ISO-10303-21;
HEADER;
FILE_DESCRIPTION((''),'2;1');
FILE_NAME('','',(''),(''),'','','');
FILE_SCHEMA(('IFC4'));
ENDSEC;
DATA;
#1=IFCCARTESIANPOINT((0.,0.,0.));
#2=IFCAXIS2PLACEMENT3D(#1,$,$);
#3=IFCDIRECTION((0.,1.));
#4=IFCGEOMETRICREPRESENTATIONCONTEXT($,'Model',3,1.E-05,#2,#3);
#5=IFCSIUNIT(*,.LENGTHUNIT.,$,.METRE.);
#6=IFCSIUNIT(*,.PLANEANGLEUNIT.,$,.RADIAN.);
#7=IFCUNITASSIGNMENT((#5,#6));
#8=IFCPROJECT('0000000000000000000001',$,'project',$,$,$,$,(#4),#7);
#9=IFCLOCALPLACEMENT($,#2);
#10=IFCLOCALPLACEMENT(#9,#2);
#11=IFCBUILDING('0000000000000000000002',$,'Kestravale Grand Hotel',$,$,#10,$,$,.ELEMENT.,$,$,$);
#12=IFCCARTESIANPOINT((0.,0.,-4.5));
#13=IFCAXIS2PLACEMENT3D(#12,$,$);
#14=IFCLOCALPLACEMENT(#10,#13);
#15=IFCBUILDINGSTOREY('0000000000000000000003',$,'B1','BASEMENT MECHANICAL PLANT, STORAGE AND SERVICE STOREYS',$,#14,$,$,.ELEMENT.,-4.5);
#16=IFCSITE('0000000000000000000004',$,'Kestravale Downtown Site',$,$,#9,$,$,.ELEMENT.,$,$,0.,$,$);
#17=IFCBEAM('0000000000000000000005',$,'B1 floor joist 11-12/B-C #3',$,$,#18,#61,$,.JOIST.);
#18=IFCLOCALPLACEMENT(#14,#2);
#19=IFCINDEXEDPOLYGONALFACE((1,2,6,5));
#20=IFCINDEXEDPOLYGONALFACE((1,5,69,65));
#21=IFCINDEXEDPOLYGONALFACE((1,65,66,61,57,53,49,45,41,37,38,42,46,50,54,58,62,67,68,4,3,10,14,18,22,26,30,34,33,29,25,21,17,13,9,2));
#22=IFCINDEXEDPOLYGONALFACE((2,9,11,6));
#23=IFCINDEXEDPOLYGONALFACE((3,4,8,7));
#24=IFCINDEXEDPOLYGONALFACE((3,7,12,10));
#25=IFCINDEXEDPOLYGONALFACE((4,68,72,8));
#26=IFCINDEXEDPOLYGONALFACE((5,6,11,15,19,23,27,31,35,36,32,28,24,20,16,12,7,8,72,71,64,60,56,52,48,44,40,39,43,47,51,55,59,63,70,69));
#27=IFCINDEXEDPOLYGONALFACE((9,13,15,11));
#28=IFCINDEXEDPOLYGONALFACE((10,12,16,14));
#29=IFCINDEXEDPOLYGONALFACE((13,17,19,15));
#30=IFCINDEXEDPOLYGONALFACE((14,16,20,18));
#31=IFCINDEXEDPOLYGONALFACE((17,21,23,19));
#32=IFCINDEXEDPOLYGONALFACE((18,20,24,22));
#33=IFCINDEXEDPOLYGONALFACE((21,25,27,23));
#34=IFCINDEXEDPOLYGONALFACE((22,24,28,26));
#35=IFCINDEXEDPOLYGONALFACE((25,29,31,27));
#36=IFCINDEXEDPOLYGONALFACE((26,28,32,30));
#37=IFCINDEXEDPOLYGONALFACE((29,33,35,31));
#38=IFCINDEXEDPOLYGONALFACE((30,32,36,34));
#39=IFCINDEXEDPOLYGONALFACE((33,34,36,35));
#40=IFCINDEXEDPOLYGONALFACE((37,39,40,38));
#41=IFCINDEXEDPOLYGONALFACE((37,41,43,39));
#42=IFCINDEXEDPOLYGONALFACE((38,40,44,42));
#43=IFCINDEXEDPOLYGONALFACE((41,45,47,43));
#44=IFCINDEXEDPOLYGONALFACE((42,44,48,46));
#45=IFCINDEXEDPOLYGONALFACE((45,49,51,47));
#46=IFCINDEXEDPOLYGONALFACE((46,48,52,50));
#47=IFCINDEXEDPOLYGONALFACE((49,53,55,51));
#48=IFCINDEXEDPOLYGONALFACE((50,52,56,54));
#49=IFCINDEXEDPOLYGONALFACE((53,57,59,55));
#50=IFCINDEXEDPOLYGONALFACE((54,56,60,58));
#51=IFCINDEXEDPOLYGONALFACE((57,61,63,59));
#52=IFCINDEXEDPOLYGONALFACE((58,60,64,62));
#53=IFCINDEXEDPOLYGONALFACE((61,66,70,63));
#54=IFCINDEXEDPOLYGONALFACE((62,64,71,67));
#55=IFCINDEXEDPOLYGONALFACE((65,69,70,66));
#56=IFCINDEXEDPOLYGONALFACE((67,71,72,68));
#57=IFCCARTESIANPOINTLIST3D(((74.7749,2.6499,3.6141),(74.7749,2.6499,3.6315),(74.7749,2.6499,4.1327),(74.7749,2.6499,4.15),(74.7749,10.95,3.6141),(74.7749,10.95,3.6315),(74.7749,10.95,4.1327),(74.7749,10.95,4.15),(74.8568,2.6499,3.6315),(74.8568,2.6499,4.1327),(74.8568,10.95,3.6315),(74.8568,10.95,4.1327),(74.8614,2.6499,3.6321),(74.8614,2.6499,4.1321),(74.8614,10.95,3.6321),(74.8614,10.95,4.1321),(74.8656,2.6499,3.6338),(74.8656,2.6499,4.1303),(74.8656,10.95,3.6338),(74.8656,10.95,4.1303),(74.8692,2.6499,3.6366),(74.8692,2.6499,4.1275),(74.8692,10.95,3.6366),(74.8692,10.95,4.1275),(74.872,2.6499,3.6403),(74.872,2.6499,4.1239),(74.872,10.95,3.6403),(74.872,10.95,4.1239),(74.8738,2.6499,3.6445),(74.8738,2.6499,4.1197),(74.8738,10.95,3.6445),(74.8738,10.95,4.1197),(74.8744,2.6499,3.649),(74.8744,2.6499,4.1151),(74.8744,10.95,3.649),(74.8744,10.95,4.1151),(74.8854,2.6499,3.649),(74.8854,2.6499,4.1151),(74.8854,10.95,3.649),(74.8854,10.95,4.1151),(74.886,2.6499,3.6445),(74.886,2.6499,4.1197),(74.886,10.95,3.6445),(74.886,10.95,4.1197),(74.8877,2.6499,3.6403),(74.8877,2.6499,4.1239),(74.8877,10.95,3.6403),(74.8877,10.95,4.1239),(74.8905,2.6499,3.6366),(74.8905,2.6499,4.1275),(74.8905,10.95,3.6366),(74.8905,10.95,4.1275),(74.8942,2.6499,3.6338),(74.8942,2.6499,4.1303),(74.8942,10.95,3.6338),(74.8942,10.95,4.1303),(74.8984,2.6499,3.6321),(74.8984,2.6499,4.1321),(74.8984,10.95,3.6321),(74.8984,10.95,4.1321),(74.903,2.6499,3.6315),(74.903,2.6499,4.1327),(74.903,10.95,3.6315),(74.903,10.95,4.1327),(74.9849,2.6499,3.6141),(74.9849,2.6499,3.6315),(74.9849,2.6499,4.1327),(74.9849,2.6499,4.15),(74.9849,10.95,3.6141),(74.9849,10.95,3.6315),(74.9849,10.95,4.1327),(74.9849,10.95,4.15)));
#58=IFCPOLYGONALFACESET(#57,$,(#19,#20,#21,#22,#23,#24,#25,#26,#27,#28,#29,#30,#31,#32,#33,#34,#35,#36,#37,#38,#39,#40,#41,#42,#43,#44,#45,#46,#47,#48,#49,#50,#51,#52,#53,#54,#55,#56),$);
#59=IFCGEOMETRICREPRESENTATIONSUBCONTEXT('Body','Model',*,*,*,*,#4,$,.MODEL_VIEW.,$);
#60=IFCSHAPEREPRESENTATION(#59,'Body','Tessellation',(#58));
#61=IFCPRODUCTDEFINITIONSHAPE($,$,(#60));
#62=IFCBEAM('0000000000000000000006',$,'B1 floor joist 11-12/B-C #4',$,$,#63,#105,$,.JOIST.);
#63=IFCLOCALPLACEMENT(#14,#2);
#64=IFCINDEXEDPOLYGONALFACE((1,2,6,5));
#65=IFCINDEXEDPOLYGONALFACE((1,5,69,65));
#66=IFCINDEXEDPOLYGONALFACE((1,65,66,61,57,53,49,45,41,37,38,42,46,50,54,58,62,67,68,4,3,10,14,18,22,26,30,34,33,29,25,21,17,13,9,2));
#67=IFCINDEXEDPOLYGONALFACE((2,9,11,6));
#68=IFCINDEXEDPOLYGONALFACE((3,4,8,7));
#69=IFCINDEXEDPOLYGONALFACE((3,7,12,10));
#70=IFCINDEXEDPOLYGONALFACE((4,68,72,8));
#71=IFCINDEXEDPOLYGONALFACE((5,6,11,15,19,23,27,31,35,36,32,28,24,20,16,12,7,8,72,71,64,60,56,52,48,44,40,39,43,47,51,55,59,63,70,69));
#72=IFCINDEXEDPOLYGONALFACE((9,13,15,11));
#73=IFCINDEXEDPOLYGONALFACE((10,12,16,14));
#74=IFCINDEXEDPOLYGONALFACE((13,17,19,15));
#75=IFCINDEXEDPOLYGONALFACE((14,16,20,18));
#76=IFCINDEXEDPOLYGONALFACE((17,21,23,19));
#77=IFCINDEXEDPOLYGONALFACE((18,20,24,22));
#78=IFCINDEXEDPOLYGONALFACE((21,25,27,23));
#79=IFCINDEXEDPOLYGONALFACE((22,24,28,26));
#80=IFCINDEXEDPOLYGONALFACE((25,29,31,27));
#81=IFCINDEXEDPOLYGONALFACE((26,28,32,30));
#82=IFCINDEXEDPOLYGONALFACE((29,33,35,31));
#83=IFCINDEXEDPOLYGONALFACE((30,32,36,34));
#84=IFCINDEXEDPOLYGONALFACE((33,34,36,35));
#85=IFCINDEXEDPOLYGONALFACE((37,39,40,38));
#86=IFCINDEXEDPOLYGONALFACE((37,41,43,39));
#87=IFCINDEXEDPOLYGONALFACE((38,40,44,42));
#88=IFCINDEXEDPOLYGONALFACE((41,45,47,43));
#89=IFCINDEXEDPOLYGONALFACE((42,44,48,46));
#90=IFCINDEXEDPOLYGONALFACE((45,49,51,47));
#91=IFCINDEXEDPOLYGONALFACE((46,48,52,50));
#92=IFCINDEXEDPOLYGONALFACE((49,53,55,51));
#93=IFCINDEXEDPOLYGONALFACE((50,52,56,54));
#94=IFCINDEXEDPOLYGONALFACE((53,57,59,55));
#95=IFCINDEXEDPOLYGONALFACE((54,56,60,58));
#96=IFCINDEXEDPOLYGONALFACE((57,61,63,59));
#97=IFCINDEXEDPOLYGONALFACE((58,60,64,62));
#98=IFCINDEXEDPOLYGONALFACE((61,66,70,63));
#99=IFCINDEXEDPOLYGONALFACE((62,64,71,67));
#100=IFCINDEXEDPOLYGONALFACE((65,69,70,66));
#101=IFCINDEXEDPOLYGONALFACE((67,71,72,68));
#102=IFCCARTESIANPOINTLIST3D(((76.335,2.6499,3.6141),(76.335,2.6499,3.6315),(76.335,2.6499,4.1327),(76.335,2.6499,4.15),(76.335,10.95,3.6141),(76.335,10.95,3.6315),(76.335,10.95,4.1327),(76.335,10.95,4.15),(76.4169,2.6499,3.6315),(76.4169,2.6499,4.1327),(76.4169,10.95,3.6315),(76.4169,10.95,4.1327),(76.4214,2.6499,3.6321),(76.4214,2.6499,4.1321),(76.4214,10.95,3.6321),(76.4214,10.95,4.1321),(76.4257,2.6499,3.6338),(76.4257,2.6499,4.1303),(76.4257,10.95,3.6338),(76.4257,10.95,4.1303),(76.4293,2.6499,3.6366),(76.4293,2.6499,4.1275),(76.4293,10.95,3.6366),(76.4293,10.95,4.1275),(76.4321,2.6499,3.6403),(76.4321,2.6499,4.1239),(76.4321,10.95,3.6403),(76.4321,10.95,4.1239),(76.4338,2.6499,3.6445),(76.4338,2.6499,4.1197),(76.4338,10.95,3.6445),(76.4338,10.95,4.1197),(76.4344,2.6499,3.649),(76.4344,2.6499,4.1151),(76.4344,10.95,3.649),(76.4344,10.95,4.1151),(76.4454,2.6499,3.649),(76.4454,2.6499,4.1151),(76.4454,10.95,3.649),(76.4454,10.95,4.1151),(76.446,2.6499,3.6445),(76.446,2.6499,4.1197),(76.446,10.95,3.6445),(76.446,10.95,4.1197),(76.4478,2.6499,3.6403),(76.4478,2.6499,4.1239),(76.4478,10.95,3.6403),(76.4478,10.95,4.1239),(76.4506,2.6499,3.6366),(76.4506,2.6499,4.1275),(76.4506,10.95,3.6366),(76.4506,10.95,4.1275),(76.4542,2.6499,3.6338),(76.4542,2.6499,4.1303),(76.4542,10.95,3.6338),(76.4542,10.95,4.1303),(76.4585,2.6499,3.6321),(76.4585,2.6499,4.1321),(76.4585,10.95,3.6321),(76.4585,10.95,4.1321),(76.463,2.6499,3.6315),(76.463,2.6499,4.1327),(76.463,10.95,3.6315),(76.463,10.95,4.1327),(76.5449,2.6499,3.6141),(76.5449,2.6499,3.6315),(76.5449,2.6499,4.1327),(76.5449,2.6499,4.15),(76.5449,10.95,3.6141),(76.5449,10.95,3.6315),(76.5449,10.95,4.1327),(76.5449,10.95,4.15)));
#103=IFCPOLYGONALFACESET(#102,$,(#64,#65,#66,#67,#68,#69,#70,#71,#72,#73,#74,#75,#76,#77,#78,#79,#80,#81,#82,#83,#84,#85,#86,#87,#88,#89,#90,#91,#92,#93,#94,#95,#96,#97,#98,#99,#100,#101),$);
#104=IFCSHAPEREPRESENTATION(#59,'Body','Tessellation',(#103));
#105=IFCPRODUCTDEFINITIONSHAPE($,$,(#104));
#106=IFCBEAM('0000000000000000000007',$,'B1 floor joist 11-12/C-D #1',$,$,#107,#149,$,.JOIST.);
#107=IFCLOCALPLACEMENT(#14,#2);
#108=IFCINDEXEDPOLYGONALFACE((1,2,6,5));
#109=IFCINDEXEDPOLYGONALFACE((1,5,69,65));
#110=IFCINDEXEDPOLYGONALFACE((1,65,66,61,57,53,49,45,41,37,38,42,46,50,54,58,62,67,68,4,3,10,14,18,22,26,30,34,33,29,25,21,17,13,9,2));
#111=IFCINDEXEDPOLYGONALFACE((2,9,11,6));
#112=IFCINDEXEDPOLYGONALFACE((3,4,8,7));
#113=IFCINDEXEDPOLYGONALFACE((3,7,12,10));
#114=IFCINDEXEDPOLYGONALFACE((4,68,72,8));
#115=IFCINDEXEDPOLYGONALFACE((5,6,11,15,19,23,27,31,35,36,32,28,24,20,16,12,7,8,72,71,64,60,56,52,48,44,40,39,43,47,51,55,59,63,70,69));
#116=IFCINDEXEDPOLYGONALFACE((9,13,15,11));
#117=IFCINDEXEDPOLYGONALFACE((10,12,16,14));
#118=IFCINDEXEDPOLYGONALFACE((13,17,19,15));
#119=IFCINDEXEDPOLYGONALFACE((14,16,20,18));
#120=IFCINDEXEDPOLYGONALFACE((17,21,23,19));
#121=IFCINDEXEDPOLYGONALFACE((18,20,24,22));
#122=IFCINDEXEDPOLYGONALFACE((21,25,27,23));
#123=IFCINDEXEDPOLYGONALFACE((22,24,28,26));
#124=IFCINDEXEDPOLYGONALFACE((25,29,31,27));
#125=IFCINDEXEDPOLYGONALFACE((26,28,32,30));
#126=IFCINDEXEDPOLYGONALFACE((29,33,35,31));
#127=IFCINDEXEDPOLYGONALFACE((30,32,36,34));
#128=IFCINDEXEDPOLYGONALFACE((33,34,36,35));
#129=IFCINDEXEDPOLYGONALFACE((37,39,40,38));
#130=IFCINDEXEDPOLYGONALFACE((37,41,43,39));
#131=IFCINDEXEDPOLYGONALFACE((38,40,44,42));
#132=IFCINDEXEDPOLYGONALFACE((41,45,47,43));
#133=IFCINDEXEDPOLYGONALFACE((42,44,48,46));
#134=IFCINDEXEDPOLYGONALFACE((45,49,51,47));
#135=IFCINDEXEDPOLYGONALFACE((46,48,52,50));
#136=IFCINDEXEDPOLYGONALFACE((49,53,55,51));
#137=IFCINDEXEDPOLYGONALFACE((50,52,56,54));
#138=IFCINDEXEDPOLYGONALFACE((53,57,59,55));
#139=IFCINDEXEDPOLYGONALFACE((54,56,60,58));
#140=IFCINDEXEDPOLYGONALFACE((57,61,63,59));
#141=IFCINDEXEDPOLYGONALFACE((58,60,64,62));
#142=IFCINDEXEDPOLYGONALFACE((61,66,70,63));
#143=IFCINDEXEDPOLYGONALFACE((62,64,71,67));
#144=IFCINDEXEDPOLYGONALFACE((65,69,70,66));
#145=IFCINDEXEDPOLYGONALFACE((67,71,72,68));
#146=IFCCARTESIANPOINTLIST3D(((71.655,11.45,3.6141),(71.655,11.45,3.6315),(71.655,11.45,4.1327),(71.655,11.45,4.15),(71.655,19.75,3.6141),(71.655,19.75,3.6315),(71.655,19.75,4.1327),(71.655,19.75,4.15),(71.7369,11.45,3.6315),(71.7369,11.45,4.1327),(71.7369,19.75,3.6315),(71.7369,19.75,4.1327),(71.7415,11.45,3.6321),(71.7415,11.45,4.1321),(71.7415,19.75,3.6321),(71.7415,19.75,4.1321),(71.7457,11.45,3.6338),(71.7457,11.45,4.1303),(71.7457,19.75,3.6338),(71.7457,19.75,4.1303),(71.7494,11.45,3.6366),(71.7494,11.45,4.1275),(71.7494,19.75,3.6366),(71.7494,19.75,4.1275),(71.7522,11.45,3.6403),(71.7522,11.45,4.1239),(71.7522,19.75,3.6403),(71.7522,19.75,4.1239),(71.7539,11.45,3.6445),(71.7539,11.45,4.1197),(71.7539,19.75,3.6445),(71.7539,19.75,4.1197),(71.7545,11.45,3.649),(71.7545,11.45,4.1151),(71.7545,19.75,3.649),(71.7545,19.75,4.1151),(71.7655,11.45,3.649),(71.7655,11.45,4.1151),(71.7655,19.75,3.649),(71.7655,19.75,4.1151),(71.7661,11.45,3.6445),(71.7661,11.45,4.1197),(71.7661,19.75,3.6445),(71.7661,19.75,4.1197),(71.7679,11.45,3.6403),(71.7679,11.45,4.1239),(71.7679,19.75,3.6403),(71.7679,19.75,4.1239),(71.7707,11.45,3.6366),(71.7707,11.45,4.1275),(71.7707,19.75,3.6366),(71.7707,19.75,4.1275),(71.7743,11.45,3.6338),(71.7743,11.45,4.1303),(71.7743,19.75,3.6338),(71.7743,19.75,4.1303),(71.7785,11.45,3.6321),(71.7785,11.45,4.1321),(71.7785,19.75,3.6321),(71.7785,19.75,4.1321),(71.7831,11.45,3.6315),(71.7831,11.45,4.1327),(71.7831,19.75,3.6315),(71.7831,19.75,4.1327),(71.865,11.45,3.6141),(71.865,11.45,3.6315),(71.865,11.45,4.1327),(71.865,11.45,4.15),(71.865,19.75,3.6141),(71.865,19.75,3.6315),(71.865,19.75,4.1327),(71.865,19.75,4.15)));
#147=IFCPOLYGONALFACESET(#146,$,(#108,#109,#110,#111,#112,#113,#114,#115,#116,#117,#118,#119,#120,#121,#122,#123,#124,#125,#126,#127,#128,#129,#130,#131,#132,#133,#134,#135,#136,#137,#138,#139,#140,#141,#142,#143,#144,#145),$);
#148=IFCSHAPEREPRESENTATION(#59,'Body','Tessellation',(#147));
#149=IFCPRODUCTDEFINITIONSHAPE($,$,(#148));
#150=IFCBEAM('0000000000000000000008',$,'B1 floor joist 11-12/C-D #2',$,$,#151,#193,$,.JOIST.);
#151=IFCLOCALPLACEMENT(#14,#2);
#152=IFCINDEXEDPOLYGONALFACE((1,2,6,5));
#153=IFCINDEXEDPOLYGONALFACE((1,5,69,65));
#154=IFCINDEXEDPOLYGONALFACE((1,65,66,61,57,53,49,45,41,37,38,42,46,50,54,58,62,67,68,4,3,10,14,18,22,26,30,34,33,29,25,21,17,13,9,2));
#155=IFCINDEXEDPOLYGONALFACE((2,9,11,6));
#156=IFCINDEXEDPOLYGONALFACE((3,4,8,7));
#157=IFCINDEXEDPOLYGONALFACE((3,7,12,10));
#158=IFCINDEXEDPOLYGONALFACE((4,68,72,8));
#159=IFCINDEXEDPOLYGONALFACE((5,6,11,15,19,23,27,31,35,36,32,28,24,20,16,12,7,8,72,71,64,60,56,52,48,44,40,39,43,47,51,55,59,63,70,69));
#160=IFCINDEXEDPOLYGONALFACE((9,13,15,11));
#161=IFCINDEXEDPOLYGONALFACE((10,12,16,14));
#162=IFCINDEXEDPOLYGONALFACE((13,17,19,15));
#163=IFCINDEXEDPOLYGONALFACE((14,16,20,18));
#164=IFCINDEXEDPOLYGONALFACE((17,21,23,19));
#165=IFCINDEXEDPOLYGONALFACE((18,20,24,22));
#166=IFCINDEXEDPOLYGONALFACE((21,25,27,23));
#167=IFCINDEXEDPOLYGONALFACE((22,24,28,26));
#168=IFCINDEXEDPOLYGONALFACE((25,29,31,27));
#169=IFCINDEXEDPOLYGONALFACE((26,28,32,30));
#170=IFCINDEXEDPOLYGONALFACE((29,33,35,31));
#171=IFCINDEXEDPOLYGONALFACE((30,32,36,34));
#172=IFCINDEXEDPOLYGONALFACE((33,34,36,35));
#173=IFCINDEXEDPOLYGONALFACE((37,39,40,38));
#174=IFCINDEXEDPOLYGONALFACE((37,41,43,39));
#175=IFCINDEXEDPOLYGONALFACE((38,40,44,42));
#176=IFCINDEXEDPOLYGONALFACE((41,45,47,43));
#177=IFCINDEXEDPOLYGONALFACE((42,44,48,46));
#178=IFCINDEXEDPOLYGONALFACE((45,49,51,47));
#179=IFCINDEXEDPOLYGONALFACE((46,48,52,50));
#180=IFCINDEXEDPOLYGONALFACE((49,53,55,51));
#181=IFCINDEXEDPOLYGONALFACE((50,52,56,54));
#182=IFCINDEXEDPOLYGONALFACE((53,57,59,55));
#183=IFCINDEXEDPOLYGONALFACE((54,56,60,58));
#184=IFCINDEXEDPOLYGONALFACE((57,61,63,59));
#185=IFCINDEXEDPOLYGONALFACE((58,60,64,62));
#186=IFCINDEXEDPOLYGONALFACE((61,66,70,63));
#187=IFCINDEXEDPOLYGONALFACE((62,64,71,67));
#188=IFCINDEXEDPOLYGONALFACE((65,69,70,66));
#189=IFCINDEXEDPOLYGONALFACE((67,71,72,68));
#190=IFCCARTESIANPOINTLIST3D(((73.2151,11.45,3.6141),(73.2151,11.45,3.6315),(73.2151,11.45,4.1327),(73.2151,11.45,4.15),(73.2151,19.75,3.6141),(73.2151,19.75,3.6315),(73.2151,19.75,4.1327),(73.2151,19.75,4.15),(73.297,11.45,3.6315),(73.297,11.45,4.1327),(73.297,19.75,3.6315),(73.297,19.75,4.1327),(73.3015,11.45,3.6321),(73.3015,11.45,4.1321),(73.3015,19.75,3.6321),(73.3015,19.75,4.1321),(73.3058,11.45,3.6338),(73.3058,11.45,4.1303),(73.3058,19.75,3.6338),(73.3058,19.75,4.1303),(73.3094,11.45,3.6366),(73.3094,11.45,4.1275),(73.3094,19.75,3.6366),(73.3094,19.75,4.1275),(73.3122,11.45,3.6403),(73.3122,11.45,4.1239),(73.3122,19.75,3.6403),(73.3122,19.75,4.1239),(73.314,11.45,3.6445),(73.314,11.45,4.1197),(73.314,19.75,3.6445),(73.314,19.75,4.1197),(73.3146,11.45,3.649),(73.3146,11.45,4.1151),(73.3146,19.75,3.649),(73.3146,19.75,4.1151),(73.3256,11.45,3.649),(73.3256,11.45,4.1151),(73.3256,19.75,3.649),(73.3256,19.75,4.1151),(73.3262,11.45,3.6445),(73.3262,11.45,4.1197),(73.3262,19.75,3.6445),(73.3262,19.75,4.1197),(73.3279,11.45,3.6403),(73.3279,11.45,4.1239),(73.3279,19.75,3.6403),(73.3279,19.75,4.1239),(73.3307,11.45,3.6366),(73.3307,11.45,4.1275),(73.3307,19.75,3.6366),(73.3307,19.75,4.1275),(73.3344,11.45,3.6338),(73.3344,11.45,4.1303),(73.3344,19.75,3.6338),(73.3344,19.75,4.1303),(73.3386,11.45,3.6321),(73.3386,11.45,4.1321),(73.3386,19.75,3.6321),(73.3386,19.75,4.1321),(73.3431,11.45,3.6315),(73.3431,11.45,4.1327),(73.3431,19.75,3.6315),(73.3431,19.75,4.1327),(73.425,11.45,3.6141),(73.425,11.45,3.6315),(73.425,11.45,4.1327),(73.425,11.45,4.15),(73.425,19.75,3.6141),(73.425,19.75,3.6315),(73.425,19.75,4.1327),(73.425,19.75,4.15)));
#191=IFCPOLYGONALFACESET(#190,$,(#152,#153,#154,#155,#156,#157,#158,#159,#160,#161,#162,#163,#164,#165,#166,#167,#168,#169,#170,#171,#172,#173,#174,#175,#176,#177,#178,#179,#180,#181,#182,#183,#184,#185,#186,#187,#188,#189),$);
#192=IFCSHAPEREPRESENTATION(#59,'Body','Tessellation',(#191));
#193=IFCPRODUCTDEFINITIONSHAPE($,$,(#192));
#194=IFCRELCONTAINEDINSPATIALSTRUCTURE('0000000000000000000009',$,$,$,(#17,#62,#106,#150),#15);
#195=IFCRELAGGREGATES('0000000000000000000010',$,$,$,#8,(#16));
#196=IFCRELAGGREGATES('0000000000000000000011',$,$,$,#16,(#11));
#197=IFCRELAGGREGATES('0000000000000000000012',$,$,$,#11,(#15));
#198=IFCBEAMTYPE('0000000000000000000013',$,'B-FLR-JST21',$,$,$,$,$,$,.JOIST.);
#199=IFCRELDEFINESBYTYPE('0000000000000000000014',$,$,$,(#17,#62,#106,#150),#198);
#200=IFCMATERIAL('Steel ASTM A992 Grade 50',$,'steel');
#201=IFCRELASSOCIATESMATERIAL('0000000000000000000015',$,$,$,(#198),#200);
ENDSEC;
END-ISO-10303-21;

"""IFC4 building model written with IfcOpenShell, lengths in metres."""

from ifc_helpers import new_model, si_unit, direction, frame, origin, origin_2d, place, context, subcontext, project, spatial, i_section, extrude, material, material_profile, profile_set, type_object, element, save


model = new_model("IFC4")

# Units and contexts
model_context = context("Model", 3, precision=1e-05, world=origin(), true_north=direction((0.0, 1.0)))
body_context = subcontext(model_context, "Body", "Model", "MODEL_VIEW")
ifc_project = project(units=[si_unit("LENGTHUNIT", "METRE"), si_unit("PLANEANGLEUNIT", "RADIAN")], contexts=[model_context])

# Site, building, storey
site_placement = place(None, origin())
site = spatial("IfcSite", under=ifc_project, at=site_placement, Name="Kestravale Downtown Site", CompositionType="ELEMENT", RefElevation=0.0)
building_placement = place(site_placement, origin())
building = spatial("IfcBuilding", under=site, at=building_placement, Name="Kestravale Grand Hotel", CompositionType="ELEMENT")
storey_placement = place(building_placement, frame((0.0, 0.0, -4.5)))
storey = spatial("IfcBuildingStorey", under=building, at=storey_placement, Name="B1", Description="BASEMENT MECHANICAL PLANT, STORAGE AND SERVICE STOREYS", CompositionType="ELEMENT", Elevation=-4.5)

# Beams
ifc_material_1 = material(Name="Steel ASTM A992 Grade 50", Category="steel")
ifc_material_profile_1 = material_profile(ifc_material_1, i_section(OverallWidth=0.21, OverallDepth=0.5359, WebThickness=0.011, FlangeThickness=0.0173, FilletRadius=0.0176, at=origin_2d()))
ifc_profile_set_1 = profile_set([ifc_material_profile_1], Name="Steel ASTM A992 Grade 50")
beam_type_1 = type_object("IfcBeamType", Name="B-FLR-JST21", PredefinedType="JOIST", material=ifc_profile_set_1)
for number, where, z_axis, x_axis, name in (
    (1, (74.8799, 2.6499, 3.8821), (0.0, 1.0, 0.0), (-1.0, 0.0, 0.0), "B1 floor joist 11-12/B-C #3"),
    (2, (76.4399, 2.6499, 3.8821), (0.0, 1.0, 0.0), (-1.0, 0.0, 0.0), "B1 floor joist 11-12/B-C #4"),
    (3, (71.76, 11.45, 3.8821), (0.0, 1.0, 0.0), (-1.0, 0.0, 0.0), "B1 floor joist 11-12/C-D #1"),
    (4, (73.3201, 11.45, 3.8821), (0.0, 1.0, 0.0), (-1.0, 0.0, 0.0), "B1 floor joist 11-12/C-D #2"),
):
    element("IfcBeam", number, at=place(storey_placement, frame(where, z_axis=z_axis, x_axis=x_axis)), inside=storey, type_object=beam_type_1, Name=name, PredefinedType="JOIST", context=body_context, shape_type="SweptSolid", body=[
        extrude(i_section(OverallWidth=0.21, OverallDepth=0.5359, WebThickness=0.011, FlangeThickness=0.0173, FilletRadius=0.0176, at=origin_2d()), origin(), (0.0, 0.0, 1.0), 8.3),
    ])

save(model, "model.ifc")
